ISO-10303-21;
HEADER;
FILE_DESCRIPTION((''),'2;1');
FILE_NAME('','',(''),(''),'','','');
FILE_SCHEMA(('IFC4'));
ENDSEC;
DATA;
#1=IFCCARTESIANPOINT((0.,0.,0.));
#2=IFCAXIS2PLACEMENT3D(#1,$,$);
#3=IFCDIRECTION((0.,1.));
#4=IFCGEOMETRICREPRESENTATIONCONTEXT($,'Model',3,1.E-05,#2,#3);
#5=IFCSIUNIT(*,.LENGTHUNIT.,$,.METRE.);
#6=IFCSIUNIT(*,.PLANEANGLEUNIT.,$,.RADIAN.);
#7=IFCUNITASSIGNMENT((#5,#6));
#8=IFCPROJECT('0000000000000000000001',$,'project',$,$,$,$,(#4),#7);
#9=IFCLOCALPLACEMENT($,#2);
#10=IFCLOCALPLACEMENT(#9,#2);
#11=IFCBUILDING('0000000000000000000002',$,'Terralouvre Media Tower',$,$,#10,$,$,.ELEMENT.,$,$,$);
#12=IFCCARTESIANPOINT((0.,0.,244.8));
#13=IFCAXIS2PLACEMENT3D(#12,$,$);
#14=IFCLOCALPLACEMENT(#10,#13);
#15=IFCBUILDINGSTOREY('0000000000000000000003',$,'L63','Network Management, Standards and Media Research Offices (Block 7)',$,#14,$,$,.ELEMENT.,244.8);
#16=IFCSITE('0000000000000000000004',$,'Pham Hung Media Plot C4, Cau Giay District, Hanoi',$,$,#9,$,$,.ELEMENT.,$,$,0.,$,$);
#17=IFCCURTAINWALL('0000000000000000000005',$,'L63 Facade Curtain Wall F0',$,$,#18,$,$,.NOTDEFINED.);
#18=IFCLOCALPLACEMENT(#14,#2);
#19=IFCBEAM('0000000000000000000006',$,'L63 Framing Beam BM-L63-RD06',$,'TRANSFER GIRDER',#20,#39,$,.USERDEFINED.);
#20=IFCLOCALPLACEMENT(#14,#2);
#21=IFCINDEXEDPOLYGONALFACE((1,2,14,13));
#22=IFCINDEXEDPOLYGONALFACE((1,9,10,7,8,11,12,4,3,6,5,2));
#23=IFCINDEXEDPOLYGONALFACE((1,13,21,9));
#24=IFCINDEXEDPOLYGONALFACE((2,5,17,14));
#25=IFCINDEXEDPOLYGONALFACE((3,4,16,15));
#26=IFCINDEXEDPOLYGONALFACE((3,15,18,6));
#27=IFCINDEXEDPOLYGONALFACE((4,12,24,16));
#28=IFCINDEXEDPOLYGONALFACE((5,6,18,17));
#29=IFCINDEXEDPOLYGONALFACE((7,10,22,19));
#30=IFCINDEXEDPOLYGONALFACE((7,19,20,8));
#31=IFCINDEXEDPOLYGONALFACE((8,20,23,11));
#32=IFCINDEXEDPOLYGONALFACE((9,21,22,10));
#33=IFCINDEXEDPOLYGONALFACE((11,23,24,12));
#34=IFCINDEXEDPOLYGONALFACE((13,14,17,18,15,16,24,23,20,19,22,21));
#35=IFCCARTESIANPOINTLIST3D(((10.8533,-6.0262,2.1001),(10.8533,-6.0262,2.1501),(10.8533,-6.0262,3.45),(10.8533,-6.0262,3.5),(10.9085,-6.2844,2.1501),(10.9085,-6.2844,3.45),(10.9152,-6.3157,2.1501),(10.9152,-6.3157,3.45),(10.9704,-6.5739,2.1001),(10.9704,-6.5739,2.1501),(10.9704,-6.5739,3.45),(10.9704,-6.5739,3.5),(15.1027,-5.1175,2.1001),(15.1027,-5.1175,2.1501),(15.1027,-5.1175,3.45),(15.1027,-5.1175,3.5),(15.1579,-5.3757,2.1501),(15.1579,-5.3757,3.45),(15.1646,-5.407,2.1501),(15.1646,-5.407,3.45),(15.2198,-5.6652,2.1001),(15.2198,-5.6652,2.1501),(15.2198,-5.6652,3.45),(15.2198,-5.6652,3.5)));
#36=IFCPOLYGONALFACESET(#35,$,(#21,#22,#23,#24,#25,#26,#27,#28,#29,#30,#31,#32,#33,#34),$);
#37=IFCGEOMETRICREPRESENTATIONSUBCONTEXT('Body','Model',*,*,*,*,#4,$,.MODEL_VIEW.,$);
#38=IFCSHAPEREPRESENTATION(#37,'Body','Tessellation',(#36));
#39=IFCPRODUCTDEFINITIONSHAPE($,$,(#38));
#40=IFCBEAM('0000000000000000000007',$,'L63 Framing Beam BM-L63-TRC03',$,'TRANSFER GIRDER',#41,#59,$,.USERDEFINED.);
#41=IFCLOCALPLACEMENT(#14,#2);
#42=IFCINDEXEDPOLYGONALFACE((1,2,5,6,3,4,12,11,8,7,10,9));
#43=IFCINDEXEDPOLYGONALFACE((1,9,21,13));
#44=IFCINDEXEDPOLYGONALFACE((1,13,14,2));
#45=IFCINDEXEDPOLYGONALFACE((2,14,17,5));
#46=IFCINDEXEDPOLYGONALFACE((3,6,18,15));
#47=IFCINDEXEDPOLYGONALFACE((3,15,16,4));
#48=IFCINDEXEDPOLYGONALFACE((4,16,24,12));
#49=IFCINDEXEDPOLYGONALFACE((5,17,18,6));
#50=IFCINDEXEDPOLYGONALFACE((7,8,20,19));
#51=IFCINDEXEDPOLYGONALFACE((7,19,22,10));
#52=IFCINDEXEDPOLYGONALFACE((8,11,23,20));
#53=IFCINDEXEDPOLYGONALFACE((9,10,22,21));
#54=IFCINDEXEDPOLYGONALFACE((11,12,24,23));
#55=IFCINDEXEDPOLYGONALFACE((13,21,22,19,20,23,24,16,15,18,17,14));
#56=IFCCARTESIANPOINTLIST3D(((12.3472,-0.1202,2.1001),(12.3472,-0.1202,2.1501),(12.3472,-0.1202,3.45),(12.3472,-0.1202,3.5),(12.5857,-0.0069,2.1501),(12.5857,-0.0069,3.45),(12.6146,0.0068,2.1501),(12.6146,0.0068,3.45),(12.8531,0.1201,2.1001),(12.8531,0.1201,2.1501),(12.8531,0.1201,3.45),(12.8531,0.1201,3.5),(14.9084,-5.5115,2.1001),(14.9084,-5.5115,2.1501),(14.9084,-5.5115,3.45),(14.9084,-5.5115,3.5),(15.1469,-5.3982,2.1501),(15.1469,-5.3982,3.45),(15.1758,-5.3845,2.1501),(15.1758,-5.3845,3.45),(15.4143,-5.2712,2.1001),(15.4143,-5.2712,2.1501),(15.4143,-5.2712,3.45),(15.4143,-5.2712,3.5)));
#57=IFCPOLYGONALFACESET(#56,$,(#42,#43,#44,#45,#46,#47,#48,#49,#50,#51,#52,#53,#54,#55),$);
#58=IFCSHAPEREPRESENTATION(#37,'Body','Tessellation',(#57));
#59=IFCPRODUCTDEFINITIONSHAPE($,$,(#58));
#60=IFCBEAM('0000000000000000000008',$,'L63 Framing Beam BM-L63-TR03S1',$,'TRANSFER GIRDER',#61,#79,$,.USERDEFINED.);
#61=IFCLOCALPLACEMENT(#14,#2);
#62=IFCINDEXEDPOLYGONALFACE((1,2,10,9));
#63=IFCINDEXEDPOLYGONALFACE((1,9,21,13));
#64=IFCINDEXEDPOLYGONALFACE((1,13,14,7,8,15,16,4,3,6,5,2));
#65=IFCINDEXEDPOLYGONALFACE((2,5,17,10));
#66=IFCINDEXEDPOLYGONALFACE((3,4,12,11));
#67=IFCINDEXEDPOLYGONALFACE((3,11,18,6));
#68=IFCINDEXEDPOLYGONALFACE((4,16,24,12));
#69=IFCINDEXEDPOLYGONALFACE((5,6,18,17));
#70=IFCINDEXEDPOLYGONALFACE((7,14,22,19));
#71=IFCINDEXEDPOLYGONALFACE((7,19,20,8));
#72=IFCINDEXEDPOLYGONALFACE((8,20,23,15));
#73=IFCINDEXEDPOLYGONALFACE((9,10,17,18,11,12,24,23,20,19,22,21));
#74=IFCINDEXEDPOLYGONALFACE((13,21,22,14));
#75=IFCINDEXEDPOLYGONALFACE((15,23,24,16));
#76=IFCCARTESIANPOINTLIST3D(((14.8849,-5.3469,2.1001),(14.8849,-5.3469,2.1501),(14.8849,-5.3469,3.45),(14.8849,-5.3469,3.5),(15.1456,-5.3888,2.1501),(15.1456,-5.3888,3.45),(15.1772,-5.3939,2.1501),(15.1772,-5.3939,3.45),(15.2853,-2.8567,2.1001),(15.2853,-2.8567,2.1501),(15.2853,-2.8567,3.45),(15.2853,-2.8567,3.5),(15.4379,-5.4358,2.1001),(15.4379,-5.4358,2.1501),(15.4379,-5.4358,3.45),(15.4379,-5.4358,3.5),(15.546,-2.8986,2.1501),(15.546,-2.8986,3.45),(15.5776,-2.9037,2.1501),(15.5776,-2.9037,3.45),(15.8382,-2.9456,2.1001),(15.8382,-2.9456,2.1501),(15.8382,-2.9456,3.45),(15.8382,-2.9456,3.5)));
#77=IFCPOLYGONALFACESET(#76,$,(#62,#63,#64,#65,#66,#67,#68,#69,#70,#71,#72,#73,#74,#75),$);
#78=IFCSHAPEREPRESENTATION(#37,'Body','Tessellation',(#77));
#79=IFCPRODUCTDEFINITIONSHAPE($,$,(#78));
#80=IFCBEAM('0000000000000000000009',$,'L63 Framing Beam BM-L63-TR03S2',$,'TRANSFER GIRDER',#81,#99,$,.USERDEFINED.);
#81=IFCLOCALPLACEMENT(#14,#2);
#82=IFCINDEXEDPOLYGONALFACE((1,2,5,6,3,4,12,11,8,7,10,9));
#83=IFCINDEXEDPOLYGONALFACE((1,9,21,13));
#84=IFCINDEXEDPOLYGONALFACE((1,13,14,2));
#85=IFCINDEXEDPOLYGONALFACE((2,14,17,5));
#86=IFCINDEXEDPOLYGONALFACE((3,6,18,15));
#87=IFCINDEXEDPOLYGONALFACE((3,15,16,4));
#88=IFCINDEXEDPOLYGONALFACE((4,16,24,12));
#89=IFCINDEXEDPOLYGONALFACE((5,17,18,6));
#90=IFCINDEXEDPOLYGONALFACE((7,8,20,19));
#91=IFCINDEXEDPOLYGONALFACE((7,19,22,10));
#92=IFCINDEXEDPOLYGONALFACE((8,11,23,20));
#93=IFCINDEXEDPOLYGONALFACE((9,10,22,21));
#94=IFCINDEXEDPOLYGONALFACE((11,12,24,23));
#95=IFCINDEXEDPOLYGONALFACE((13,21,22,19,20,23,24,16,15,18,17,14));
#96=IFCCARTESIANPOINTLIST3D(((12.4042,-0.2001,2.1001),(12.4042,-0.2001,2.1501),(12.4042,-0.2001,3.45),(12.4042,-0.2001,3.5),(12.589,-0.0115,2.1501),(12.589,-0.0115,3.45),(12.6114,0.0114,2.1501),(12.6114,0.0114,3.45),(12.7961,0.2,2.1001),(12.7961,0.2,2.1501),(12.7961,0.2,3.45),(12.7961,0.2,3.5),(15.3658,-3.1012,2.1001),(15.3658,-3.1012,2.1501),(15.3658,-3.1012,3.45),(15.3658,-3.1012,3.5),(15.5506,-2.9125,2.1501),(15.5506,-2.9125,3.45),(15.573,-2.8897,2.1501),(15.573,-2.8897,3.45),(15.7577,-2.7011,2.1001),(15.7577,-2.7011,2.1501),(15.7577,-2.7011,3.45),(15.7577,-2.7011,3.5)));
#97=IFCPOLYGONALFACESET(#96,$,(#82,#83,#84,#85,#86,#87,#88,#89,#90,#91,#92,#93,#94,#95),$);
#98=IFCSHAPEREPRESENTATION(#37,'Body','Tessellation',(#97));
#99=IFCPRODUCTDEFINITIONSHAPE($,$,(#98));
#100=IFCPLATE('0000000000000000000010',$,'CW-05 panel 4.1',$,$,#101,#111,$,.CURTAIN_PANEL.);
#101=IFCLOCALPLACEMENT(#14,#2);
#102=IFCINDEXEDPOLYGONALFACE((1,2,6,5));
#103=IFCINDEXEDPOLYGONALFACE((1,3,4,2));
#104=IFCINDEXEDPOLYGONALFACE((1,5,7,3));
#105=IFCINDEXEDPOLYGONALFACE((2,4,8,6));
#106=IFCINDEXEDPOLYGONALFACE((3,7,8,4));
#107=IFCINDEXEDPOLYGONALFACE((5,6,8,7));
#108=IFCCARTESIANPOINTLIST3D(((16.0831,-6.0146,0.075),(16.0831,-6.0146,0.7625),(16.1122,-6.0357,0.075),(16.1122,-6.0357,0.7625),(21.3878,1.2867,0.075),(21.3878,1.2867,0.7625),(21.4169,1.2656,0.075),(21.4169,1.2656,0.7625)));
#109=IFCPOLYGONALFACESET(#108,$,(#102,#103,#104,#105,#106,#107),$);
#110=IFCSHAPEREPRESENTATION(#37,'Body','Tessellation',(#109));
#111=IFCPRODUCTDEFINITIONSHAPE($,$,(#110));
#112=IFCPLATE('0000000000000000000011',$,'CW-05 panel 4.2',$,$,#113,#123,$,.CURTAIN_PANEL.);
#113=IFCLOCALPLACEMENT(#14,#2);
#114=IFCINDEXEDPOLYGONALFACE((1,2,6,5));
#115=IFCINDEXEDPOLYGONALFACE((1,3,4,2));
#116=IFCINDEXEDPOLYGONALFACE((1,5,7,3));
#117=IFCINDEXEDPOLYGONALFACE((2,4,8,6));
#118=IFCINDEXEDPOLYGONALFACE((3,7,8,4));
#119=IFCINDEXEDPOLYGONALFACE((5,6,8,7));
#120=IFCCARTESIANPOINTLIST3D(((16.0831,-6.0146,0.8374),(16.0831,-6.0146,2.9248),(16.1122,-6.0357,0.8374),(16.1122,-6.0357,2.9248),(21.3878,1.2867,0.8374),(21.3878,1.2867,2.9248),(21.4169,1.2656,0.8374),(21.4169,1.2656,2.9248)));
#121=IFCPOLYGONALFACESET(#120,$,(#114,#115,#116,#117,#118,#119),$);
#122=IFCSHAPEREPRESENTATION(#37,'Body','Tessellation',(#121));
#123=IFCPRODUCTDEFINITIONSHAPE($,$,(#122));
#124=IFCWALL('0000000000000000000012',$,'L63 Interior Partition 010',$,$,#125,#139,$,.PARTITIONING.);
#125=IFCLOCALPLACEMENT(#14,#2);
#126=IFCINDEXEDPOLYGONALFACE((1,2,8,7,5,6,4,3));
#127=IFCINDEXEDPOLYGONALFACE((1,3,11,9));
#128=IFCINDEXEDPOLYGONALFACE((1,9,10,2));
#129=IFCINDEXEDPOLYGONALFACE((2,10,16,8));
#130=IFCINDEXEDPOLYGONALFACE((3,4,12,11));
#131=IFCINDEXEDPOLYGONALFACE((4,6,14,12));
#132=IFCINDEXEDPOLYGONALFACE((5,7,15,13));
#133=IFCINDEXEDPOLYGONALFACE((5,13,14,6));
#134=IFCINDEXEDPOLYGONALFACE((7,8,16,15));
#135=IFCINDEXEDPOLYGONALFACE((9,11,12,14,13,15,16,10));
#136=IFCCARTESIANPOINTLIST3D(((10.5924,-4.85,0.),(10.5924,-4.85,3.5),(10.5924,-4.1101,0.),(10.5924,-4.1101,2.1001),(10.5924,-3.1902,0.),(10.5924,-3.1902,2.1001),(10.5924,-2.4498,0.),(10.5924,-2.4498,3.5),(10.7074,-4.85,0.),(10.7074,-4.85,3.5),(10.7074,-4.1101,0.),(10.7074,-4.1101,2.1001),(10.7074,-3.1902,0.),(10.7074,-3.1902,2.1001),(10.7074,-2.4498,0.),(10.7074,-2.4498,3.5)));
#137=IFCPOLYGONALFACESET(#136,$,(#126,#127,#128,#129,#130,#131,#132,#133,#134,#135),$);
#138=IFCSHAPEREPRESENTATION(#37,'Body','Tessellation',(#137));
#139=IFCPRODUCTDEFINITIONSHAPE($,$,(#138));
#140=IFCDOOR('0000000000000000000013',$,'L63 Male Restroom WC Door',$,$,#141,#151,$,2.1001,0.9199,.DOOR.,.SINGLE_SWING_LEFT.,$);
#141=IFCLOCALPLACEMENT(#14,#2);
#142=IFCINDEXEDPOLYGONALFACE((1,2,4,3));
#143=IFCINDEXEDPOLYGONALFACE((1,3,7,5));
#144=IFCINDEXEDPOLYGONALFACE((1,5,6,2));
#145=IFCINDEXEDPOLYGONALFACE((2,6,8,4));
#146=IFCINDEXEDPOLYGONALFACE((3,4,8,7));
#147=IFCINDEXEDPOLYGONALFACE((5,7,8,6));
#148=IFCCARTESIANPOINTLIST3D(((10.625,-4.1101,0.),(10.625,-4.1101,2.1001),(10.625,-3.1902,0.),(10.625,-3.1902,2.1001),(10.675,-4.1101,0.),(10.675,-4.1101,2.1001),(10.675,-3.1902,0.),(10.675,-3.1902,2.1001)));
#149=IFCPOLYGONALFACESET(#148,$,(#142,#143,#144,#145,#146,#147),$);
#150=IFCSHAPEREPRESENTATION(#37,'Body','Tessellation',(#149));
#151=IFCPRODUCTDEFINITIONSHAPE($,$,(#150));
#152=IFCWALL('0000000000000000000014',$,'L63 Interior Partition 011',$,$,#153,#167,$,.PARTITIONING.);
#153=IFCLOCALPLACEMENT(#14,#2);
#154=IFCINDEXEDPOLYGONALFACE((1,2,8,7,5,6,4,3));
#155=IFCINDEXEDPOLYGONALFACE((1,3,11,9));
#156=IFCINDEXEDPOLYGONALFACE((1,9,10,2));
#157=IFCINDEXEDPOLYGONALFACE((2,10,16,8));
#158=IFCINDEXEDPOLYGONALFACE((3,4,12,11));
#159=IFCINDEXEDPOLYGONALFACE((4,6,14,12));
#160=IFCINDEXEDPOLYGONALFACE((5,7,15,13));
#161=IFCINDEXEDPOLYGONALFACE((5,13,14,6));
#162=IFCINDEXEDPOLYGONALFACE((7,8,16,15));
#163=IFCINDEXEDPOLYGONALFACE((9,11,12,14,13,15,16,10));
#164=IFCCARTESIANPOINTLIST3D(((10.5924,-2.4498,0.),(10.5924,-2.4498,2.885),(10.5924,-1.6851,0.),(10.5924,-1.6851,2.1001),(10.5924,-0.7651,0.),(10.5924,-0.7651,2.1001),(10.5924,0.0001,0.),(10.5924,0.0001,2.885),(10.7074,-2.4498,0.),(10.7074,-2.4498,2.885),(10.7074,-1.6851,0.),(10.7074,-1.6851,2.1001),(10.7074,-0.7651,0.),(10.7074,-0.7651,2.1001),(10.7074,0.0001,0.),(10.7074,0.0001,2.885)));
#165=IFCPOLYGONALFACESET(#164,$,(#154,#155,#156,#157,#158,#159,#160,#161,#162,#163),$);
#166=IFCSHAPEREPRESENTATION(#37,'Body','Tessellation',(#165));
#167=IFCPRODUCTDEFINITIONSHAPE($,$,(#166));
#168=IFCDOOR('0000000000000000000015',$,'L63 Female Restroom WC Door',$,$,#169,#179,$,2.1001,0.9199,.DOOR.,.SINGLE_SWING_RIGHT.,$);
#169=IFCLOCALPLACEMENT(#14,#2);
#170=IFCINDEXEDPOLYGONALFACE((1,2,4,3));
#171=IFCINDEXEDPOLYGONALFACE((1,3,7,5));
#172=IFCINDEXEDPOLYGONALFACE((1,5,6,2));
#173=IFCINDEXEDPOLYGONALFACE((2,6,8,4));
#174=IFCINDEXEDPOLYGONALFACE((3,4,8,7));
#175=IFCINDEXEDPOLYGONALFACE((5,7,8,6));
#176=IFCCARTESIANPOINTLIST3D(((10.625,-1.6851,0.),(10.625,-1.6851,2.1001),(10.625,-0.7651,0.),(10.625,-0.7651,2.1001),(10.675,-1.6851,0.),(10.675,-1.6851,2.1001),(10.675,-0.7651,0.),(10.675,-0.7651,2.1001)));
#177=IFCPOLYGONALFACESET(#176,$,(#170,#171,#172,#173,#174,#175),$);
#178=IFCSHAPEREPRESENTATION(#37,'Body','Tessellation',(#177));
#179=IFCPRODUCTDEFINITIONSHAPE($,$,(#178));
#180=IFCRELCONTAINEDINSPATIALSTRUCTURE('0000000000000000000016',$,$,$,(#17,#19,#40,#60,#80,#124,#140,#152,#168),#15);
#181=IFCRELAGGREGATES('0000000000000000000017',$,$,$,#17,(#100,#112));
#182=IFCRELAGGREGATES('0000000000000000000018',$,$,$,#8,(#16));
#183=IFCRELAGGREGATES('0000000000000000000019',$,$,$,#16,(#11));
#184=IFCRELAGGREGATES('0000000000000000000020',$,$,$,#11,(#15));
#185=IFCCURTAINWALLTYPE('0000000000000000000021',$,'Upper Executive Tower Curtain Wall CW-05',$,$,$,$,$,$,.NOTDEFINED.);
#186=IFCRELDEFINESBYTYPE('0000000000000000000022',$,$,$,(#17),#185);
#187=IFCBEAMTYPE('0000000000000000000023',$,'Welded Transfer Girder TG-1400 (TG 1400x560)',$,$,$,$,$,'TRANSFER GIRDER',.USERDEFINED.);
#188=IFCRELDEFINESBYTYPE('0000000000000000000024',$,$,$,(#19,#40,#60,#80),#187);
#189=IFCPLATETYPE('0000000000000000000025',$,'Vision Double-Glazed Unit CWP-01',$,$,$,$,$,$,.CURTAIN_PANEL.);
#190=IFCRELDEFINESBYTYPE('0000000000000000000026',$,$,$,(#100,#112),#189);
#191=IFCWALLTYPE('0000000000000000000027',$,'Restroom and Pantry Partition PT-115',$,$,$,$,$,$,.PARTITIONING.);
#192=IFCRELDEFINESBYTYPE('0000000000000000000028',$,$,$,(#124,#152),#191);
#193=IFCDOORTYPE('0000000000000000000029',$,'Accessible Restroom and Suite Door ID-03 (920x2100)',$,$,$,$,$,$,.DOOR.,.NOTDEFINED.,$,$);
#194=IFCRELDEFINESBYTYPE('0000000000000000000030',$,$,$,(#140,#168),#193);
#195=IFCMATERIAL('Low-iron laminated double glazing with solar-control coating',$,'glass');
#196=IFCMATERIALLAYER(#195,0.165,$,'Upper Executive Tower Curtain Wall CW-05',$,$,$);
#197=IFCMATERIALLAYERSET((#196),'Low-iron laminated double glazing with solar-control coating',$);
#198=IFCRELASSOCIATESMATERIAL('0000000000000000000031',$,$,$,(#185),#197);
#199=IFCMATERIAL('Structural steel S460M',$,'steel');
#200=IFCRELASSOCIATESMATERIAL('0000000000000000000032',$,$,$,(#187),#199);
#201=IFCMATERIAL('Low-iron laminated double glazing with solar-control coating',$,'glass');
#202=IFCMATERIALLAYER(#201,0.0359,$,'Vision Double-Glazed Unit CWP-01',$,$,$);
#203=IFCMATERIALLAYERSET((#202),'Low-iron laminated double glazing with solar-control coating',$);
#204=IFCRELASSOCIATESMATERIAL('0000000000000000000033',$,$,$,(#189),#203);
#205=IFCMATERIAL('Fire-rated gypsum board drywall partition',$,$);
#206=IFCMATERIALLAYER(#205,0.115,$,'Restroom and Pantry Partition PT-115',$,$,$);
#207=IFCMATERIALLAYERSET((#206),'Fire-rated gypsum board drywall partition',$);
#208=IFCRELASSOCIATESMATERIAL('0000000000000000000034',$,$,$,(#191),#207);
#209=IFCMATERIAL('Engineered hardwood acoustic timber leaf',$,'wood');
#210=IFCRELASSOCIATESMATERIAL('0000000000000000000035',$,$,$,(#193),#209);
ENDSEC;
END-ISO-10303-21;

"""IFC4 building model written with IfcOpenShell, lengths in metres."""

from ifc_helpers import new_model, si_unit, direction, frame, frame_2d, origin, origin_2d, place, context, subcontext, project, spatial, rectangle, i_section, extrude, material, layer, layer_set, material_profile, profile_set, type_object, element, fill, aggregate, save


model = new_model("IFC4")

# Units and contexts
model_context = context("Model", 3, precision=1e-05, world=origin(), true_north=direction((0.0, 1.0)))
body_context = subcontext(model_context, "Body", "Model", "MODEL_VIEW")
ifc_project = project(units=[si_unit("LENGTHUNIT", "METRE"), si_unit("PLANEANGLEUNIT", "RADIAN")], contexts=[model_context])

# Site, building, storey
site_placement = place(None, origin())
site = spatial("IfcSite", under=ifc_project, at=site_placement, Name="Pham Hung Media Plot C4, Cau Giay District, Hanoi", CompositionType="ELEMENT", RefElevation=0.0)
building_placement = place(site_placement, origin())
building = spatial("IfcBuilding", under=site, at=building_placement, Name="Terralouvre Media Tower", CompositionType="ELEMENT")
storey_placement = place(building_placement, frame((0.0, 0.0, 244.8)))
storey = spatial("IfcBuildingStorey", under=building, at=storey_placement, Name="L63", Description="Network Management, Standards and Media Research Offices (Block 7)", CompositionType="ELEMENT", Elevation=244.8)

# Curtain wall
ifc_material_1 = material(Name="Low-iron laminated double glazing with solar-control coating", Category="glass")
ifc_layer_1 = layer(ifc_material_1, 0.165, Name="Upper Executive Tower Curtain Wall CW-05")
ifc_layer_set_1 = layer_set([ifc_layer_1], Name="Low-iron laminated double glazing with solar-control coating")
curtain_wall_type = type_object("IfcCurtainWallType", Name="Upper Executive Tower Curtain Wall CW-05", PredefinedType="NOTDEFINED", material=ifc_layer_set_1)
curtain_wall_placement = place(storey_placement, origin())
curtain_wall = element("IfcCurtainWall", 1, at=curtain_wall_placement, inside=storey, type_object=curtain_wall_type, Name="L63 Facade Curtain Wall F0", PredefinedType="NOTDEFINED")

# Beams
ifc_material_2 = material(Name="Structural steel S460M", Category="steel")
ifc_material_profile_1 = material_profile(ifc_material_2, i_section(OverallWidth=0.5601, OverallDepth=1.3999, WebThickness=0.032, FlangeThickness=0.05, at=origin_2d()), Name="TG 1400x560")
ifc_profile_set_1 = profile_set([ifc_material_profile_1], Name="Structural steel S460M")
beam_type_1 = type_object("IfcBeamType", Name="Welded Transfer Girder TG-1400 (TG 1400x560)", ElementType="TRANSFER GIRDER", PredefinedType="USERDEFINED", material=ifc_profile_set_1)
beam_1_placement = place(storey_placement, frame((10.9119, -6.3, 2.8), z_axis=(0.977893, 0.209107, 0.0), x_axis=(-0.209107, 0.977893, 0.0)))
element("IfcBeam", 2, at=beam_1_placement, inside=storey, type_object=beam_type_1, Name="L63 Framing Beam BM-L63-RD06", ObjectType="TRANSFER GIRDER", PredefinedType="USERDEFINED", context=body_context, shape_type="SweptSolid", body=[
    extrude(i_section(OverallWidth=0.5601, OverallDepth=1.3999, WebThickness=0.032, FlangeThickness=0.05, at=origin_2d()), origin(), (0.0, 0.0, 1.0), 4.3455),
])
beam_2_placement = place(storey_placement, frame((15.1614, -5.3914, 2.8), z_axis=(-0.429109, 0.903253, 0.0), x_axis=(-0.903253, -0.429109, 0.0)))
element("IfcBeam", 3, at=beam_2_placement, inside=storey, type_object=beam_type_1, Name="L63 Framing Beam BM-L63-TRC03", ObjectType="TRANSFER GIRDER", PredefinedType="USERDEFINED", context=body_context, shape_type="SweptSolid", body=[
    extrude(i_section(OverallWidth=0.5601, OverallDepth=1.3999, WebThickness=0.032, FlangeThickness=0.05, at=origin_2d()), origin(), (0.0, 0.0, 1.0), 5.9688),
])
beam_3_placement = place(storey_placement, frame((15.5618, -2.9011, 2.8), z_axis=(-0.158745, -0.98732, 0.0), x_axis=(0.98732, -0.158745, 0.0)))
element("IfcBeam", 4, at=beam_3_placement, inside=storey, type_object=beam_type_1, Name="L63 Framing Beam BM-L63-TR03S1", ObjectType="TRANSFER GIRDER", PredefinedType="USERDEFINED", context=body_context, shape_type="SweptSolid", body=[
    extrude(i_section(OverallWidth=0.5601, OverallDepth=1.3999, WebThickness=0.032, FlangeThickness=0.05, at=origin_2d()), origin(), (0.0, 0.0, 1.0), 2.5222),
])
beam_4_placement = place(storey_placement, frame((15.5618, -2.9011, 2.8), z_axis=(-0.714371, 0.699767, 0.0), x_axis=(-0.699767, -0.714371, 0.0)))
element("IfcBeam", 5, at=beam_4_placement, inside=storey, type_object=beam_type_1, Name="L63 Framing Beam BM-L63-TR03S2", ObjectType="TRANSFER GIRDER", PredefinedType="USERDEFINED", context=body_context, shape_type="SweptSolid", body=[
    extrude(i_section(OverallWidth=0.5601, OverallDepth=1.3999, WebThickness=0.032, FlangeThickness=0.05, at=origin_2d()), origin(), (0.0, 0.0, 1.0), 4.1458),
])

# Plates
ifc_material_3 = material(Name="Low-iron laminated double glazing with solar-control coating", Category="glass")
ifc_layer_2 = layer(ifc_material_3, 0.0359, Name="Vision Double-Glazed Unit CWP-01")
ifc_layer_set_2 = layer_set([ifc_layer_2], Name="Low-iron laminated double glazing with solar-control coating")
plate_type = type_object("IfcPlateType", Name="Vision Double-Glazed Unit CWP-01", PredefinedType="CURTAIN_PANEL", material=ifc_layer_set_2)
plate_1_placement = place(storey_placement, frame((18.75, -2.3745, 0.075), z_axis=(0.0, 0.0, 1.0), x_axis=(0.587785, 0.809017, 0.0)))
plate_1 = element("IfcPlate", 6, at=plate_1_placement, type_object=plate_type, Name="CW-05 panel 4.1", PredefinedType="CURTAIN_PANEL", context=body_context, shape_type="SweptSolid", body=[
    extrude(rectangle(XDim=9.0249, YDim=0.0359, at=origin_2d()), origin(), (0.0, 0.0, 1.0), 0.6875),
])
plate_2_placement = place(storey_placement, frame((18.75, -2.3745, 0.8374), z_axis=(0.0, 0.0, 1.0), x_axis=(0.587785, 0.809017, 0.0)))
plate_2 = element("IfcPlate", 7, at=plate_2_placement, type_object=plate_type, Name="CW-05 panel 4.2", PredefinedType="CURTAIN_PANEL", context=body_context, shape_type="SweptSolid", body=[
    extrude(rectangle(XDim=9.0249, YDim=0.0359, at=origin_2d()), origin(), (0.0, 0.0, 1.0), 2.0874),
])
aggregate(curtain_wall, [plate_1, plate_2])

# Walls, openings, doors
ifc_material_4 = material(Name="Fire-rated gypsum board drywall partition")
ifc_layer_3 = layer(ifc_material_4, 0.115, Name="Restroom and Pantry Partition PT-115")
ifc_layer_set_3 = layer_set([ifc_layer_3], Name="Fire-rated gypsum board drywall partition")
wall_type = type_object("IfcWallType", Name="Restroom and Pantry Partition PT-115", PredefinedType="PARTITIONING", material=ifc_layer_set_3)
wall_1_placement = place(storey_placement, frame((10.6499, -4.8501, 0.0), z_axis=(0.0, 0.0, 1.0), x_axis=(0.0, 1.0, 0.0)))
wall_1 = element("IfcWall", 8, at=wall_1_placement, inside=storey, type_object=wall_type, Name="L63 Interior Partition 010", PredefinedType="PARTITIONING", context=body_context, shape_type="SweptSolid", body=[
    extrude(rectangle(XDim=2.4001, YDim=0.115, at=frame_2d((1.2002, 0.0))), origin(), (0.0, 0.0, 1.0), 3.5),
])
opening_1_placement = place(wall_1_placement, frame((0.74, 0.0, 0.0)))
opening_1 = element("IfcOpeningElement", 9, at=opening_1_placement, cuts=wall_1, PredefinedType="OPENING", context=body_context, shape_type="SweptSolid", body=[
    extrude(rectangle(XDim=0.9199, YDim=2.1001, at=frame_2d((0.46, 1.05))), frame((0.0, 0.0674, 0.0), z_axis=(0.0, -1.0, 0.0), x_axis=(1.0, 0.0, 0.0)), (0.0, 0.0, 1.0), 0.135),
])
ifc_material_5 = material(Name="Engineered hardwood acoustic timber leaf", Category="wood")
door_type = type_object("IfcDoorType", Name="Accessible Restroom and Suite Door ID-03 (920x2100)", OperationType="NOTDEFINED", PredefinedType="DOOR", material=ifc_material_5)
door_1_placement = place(opening_1_placement, origin())
door_1 = element("IfcDoor", 10, at=door_1_placement, inside=storey, type_object=door_type, Name="L63 Male Restroom WC Door", OperationType="SINGLE_SWING_LEFT", OverallHeight=2.1001, OverallWidth=0.9199, PredefinedType="DOOR", context=body_context, shape_type="SweptSolid", body=[
    extrude(rectangle(XDim=0.9199, YDim=2.1001, at=frame_2d((0.46, 1.05))), frame((0.0, 0.0249, 0.0), z_axis=(0.0, -1.0, 0.0), x_axis=(1.0, 0.0, 0.0)), (0.0, 0.0, 1.0), 0.05),
])
fill(opening_1, door_1)
wall_2_placement = place(storey_placement, frame((10.6499, -2.45, 0.0), z_axis=(0.0, 0.0, 1.0), x_axis=(0.0, 1.0, 0.0)))
wall_2 = element("IfcWall", 11, at=wall_2_placement, inside=storey, type_object=wall_type, Name="L63 Interior Partition 011", PredefinedType="PARTITIONING", context=body_context, shape_type="SweptSolid", body=[
    extrude(rectangle(XDim=2.45, YDim=0.115, at=frame_2d((1.2251, 0.0))), origin(), (0.0, 0.0, 1.0), 2.885),
])
opening_2_placement = place(wall_2_placement, frame((0.7649, 0.0, 0.0)))
opening_2 = element("IfcOpeningElement", 12, at=opening_2_placement, cuts=wall_2, PredefinedType="OPENING", context=body_context, shape_type="SweptSolid", body=[
    extrude(rectangle(XDim=0.9199, YDim=2.1001, at=frame_2d((0.46, 1.05))), frame((0.0, 0.0674, 0.0), z_axis=(0.0, -1.0, 0.0), x_axis=(1.0, 0.0, 0.0)), (0.0, 0.0, 1.0), 0.135),
])
door_2_placement = place(opening_2_placement, origin())
door_2 = element("IfcDoor", 13, at=door_2_placement, inside=storey, type_object=door_type, Name="L63 Female Restroom WC Door", OperationType="SINGLE_SWING_RIGHT", OverallHeight=2.1001, OverallWidth=0.9199, PredefinedType="DOOR", context=body_context, shape_type="SweptSolid", body=[
    extrude(rectangle(XDim=0.9199, YDim=2.1001, at=frame_2d((0.46, 1.05))), frame((0.0, 0.0249, 0.0), z_axis=(0.0, -1.0, 0.0), x_axis=(1.0, 0.0, 0.0)), (0.0, 0.0, 1.0), 0.05),
])
fill(opening_2, door_2)

save(model, "model.ifc")
